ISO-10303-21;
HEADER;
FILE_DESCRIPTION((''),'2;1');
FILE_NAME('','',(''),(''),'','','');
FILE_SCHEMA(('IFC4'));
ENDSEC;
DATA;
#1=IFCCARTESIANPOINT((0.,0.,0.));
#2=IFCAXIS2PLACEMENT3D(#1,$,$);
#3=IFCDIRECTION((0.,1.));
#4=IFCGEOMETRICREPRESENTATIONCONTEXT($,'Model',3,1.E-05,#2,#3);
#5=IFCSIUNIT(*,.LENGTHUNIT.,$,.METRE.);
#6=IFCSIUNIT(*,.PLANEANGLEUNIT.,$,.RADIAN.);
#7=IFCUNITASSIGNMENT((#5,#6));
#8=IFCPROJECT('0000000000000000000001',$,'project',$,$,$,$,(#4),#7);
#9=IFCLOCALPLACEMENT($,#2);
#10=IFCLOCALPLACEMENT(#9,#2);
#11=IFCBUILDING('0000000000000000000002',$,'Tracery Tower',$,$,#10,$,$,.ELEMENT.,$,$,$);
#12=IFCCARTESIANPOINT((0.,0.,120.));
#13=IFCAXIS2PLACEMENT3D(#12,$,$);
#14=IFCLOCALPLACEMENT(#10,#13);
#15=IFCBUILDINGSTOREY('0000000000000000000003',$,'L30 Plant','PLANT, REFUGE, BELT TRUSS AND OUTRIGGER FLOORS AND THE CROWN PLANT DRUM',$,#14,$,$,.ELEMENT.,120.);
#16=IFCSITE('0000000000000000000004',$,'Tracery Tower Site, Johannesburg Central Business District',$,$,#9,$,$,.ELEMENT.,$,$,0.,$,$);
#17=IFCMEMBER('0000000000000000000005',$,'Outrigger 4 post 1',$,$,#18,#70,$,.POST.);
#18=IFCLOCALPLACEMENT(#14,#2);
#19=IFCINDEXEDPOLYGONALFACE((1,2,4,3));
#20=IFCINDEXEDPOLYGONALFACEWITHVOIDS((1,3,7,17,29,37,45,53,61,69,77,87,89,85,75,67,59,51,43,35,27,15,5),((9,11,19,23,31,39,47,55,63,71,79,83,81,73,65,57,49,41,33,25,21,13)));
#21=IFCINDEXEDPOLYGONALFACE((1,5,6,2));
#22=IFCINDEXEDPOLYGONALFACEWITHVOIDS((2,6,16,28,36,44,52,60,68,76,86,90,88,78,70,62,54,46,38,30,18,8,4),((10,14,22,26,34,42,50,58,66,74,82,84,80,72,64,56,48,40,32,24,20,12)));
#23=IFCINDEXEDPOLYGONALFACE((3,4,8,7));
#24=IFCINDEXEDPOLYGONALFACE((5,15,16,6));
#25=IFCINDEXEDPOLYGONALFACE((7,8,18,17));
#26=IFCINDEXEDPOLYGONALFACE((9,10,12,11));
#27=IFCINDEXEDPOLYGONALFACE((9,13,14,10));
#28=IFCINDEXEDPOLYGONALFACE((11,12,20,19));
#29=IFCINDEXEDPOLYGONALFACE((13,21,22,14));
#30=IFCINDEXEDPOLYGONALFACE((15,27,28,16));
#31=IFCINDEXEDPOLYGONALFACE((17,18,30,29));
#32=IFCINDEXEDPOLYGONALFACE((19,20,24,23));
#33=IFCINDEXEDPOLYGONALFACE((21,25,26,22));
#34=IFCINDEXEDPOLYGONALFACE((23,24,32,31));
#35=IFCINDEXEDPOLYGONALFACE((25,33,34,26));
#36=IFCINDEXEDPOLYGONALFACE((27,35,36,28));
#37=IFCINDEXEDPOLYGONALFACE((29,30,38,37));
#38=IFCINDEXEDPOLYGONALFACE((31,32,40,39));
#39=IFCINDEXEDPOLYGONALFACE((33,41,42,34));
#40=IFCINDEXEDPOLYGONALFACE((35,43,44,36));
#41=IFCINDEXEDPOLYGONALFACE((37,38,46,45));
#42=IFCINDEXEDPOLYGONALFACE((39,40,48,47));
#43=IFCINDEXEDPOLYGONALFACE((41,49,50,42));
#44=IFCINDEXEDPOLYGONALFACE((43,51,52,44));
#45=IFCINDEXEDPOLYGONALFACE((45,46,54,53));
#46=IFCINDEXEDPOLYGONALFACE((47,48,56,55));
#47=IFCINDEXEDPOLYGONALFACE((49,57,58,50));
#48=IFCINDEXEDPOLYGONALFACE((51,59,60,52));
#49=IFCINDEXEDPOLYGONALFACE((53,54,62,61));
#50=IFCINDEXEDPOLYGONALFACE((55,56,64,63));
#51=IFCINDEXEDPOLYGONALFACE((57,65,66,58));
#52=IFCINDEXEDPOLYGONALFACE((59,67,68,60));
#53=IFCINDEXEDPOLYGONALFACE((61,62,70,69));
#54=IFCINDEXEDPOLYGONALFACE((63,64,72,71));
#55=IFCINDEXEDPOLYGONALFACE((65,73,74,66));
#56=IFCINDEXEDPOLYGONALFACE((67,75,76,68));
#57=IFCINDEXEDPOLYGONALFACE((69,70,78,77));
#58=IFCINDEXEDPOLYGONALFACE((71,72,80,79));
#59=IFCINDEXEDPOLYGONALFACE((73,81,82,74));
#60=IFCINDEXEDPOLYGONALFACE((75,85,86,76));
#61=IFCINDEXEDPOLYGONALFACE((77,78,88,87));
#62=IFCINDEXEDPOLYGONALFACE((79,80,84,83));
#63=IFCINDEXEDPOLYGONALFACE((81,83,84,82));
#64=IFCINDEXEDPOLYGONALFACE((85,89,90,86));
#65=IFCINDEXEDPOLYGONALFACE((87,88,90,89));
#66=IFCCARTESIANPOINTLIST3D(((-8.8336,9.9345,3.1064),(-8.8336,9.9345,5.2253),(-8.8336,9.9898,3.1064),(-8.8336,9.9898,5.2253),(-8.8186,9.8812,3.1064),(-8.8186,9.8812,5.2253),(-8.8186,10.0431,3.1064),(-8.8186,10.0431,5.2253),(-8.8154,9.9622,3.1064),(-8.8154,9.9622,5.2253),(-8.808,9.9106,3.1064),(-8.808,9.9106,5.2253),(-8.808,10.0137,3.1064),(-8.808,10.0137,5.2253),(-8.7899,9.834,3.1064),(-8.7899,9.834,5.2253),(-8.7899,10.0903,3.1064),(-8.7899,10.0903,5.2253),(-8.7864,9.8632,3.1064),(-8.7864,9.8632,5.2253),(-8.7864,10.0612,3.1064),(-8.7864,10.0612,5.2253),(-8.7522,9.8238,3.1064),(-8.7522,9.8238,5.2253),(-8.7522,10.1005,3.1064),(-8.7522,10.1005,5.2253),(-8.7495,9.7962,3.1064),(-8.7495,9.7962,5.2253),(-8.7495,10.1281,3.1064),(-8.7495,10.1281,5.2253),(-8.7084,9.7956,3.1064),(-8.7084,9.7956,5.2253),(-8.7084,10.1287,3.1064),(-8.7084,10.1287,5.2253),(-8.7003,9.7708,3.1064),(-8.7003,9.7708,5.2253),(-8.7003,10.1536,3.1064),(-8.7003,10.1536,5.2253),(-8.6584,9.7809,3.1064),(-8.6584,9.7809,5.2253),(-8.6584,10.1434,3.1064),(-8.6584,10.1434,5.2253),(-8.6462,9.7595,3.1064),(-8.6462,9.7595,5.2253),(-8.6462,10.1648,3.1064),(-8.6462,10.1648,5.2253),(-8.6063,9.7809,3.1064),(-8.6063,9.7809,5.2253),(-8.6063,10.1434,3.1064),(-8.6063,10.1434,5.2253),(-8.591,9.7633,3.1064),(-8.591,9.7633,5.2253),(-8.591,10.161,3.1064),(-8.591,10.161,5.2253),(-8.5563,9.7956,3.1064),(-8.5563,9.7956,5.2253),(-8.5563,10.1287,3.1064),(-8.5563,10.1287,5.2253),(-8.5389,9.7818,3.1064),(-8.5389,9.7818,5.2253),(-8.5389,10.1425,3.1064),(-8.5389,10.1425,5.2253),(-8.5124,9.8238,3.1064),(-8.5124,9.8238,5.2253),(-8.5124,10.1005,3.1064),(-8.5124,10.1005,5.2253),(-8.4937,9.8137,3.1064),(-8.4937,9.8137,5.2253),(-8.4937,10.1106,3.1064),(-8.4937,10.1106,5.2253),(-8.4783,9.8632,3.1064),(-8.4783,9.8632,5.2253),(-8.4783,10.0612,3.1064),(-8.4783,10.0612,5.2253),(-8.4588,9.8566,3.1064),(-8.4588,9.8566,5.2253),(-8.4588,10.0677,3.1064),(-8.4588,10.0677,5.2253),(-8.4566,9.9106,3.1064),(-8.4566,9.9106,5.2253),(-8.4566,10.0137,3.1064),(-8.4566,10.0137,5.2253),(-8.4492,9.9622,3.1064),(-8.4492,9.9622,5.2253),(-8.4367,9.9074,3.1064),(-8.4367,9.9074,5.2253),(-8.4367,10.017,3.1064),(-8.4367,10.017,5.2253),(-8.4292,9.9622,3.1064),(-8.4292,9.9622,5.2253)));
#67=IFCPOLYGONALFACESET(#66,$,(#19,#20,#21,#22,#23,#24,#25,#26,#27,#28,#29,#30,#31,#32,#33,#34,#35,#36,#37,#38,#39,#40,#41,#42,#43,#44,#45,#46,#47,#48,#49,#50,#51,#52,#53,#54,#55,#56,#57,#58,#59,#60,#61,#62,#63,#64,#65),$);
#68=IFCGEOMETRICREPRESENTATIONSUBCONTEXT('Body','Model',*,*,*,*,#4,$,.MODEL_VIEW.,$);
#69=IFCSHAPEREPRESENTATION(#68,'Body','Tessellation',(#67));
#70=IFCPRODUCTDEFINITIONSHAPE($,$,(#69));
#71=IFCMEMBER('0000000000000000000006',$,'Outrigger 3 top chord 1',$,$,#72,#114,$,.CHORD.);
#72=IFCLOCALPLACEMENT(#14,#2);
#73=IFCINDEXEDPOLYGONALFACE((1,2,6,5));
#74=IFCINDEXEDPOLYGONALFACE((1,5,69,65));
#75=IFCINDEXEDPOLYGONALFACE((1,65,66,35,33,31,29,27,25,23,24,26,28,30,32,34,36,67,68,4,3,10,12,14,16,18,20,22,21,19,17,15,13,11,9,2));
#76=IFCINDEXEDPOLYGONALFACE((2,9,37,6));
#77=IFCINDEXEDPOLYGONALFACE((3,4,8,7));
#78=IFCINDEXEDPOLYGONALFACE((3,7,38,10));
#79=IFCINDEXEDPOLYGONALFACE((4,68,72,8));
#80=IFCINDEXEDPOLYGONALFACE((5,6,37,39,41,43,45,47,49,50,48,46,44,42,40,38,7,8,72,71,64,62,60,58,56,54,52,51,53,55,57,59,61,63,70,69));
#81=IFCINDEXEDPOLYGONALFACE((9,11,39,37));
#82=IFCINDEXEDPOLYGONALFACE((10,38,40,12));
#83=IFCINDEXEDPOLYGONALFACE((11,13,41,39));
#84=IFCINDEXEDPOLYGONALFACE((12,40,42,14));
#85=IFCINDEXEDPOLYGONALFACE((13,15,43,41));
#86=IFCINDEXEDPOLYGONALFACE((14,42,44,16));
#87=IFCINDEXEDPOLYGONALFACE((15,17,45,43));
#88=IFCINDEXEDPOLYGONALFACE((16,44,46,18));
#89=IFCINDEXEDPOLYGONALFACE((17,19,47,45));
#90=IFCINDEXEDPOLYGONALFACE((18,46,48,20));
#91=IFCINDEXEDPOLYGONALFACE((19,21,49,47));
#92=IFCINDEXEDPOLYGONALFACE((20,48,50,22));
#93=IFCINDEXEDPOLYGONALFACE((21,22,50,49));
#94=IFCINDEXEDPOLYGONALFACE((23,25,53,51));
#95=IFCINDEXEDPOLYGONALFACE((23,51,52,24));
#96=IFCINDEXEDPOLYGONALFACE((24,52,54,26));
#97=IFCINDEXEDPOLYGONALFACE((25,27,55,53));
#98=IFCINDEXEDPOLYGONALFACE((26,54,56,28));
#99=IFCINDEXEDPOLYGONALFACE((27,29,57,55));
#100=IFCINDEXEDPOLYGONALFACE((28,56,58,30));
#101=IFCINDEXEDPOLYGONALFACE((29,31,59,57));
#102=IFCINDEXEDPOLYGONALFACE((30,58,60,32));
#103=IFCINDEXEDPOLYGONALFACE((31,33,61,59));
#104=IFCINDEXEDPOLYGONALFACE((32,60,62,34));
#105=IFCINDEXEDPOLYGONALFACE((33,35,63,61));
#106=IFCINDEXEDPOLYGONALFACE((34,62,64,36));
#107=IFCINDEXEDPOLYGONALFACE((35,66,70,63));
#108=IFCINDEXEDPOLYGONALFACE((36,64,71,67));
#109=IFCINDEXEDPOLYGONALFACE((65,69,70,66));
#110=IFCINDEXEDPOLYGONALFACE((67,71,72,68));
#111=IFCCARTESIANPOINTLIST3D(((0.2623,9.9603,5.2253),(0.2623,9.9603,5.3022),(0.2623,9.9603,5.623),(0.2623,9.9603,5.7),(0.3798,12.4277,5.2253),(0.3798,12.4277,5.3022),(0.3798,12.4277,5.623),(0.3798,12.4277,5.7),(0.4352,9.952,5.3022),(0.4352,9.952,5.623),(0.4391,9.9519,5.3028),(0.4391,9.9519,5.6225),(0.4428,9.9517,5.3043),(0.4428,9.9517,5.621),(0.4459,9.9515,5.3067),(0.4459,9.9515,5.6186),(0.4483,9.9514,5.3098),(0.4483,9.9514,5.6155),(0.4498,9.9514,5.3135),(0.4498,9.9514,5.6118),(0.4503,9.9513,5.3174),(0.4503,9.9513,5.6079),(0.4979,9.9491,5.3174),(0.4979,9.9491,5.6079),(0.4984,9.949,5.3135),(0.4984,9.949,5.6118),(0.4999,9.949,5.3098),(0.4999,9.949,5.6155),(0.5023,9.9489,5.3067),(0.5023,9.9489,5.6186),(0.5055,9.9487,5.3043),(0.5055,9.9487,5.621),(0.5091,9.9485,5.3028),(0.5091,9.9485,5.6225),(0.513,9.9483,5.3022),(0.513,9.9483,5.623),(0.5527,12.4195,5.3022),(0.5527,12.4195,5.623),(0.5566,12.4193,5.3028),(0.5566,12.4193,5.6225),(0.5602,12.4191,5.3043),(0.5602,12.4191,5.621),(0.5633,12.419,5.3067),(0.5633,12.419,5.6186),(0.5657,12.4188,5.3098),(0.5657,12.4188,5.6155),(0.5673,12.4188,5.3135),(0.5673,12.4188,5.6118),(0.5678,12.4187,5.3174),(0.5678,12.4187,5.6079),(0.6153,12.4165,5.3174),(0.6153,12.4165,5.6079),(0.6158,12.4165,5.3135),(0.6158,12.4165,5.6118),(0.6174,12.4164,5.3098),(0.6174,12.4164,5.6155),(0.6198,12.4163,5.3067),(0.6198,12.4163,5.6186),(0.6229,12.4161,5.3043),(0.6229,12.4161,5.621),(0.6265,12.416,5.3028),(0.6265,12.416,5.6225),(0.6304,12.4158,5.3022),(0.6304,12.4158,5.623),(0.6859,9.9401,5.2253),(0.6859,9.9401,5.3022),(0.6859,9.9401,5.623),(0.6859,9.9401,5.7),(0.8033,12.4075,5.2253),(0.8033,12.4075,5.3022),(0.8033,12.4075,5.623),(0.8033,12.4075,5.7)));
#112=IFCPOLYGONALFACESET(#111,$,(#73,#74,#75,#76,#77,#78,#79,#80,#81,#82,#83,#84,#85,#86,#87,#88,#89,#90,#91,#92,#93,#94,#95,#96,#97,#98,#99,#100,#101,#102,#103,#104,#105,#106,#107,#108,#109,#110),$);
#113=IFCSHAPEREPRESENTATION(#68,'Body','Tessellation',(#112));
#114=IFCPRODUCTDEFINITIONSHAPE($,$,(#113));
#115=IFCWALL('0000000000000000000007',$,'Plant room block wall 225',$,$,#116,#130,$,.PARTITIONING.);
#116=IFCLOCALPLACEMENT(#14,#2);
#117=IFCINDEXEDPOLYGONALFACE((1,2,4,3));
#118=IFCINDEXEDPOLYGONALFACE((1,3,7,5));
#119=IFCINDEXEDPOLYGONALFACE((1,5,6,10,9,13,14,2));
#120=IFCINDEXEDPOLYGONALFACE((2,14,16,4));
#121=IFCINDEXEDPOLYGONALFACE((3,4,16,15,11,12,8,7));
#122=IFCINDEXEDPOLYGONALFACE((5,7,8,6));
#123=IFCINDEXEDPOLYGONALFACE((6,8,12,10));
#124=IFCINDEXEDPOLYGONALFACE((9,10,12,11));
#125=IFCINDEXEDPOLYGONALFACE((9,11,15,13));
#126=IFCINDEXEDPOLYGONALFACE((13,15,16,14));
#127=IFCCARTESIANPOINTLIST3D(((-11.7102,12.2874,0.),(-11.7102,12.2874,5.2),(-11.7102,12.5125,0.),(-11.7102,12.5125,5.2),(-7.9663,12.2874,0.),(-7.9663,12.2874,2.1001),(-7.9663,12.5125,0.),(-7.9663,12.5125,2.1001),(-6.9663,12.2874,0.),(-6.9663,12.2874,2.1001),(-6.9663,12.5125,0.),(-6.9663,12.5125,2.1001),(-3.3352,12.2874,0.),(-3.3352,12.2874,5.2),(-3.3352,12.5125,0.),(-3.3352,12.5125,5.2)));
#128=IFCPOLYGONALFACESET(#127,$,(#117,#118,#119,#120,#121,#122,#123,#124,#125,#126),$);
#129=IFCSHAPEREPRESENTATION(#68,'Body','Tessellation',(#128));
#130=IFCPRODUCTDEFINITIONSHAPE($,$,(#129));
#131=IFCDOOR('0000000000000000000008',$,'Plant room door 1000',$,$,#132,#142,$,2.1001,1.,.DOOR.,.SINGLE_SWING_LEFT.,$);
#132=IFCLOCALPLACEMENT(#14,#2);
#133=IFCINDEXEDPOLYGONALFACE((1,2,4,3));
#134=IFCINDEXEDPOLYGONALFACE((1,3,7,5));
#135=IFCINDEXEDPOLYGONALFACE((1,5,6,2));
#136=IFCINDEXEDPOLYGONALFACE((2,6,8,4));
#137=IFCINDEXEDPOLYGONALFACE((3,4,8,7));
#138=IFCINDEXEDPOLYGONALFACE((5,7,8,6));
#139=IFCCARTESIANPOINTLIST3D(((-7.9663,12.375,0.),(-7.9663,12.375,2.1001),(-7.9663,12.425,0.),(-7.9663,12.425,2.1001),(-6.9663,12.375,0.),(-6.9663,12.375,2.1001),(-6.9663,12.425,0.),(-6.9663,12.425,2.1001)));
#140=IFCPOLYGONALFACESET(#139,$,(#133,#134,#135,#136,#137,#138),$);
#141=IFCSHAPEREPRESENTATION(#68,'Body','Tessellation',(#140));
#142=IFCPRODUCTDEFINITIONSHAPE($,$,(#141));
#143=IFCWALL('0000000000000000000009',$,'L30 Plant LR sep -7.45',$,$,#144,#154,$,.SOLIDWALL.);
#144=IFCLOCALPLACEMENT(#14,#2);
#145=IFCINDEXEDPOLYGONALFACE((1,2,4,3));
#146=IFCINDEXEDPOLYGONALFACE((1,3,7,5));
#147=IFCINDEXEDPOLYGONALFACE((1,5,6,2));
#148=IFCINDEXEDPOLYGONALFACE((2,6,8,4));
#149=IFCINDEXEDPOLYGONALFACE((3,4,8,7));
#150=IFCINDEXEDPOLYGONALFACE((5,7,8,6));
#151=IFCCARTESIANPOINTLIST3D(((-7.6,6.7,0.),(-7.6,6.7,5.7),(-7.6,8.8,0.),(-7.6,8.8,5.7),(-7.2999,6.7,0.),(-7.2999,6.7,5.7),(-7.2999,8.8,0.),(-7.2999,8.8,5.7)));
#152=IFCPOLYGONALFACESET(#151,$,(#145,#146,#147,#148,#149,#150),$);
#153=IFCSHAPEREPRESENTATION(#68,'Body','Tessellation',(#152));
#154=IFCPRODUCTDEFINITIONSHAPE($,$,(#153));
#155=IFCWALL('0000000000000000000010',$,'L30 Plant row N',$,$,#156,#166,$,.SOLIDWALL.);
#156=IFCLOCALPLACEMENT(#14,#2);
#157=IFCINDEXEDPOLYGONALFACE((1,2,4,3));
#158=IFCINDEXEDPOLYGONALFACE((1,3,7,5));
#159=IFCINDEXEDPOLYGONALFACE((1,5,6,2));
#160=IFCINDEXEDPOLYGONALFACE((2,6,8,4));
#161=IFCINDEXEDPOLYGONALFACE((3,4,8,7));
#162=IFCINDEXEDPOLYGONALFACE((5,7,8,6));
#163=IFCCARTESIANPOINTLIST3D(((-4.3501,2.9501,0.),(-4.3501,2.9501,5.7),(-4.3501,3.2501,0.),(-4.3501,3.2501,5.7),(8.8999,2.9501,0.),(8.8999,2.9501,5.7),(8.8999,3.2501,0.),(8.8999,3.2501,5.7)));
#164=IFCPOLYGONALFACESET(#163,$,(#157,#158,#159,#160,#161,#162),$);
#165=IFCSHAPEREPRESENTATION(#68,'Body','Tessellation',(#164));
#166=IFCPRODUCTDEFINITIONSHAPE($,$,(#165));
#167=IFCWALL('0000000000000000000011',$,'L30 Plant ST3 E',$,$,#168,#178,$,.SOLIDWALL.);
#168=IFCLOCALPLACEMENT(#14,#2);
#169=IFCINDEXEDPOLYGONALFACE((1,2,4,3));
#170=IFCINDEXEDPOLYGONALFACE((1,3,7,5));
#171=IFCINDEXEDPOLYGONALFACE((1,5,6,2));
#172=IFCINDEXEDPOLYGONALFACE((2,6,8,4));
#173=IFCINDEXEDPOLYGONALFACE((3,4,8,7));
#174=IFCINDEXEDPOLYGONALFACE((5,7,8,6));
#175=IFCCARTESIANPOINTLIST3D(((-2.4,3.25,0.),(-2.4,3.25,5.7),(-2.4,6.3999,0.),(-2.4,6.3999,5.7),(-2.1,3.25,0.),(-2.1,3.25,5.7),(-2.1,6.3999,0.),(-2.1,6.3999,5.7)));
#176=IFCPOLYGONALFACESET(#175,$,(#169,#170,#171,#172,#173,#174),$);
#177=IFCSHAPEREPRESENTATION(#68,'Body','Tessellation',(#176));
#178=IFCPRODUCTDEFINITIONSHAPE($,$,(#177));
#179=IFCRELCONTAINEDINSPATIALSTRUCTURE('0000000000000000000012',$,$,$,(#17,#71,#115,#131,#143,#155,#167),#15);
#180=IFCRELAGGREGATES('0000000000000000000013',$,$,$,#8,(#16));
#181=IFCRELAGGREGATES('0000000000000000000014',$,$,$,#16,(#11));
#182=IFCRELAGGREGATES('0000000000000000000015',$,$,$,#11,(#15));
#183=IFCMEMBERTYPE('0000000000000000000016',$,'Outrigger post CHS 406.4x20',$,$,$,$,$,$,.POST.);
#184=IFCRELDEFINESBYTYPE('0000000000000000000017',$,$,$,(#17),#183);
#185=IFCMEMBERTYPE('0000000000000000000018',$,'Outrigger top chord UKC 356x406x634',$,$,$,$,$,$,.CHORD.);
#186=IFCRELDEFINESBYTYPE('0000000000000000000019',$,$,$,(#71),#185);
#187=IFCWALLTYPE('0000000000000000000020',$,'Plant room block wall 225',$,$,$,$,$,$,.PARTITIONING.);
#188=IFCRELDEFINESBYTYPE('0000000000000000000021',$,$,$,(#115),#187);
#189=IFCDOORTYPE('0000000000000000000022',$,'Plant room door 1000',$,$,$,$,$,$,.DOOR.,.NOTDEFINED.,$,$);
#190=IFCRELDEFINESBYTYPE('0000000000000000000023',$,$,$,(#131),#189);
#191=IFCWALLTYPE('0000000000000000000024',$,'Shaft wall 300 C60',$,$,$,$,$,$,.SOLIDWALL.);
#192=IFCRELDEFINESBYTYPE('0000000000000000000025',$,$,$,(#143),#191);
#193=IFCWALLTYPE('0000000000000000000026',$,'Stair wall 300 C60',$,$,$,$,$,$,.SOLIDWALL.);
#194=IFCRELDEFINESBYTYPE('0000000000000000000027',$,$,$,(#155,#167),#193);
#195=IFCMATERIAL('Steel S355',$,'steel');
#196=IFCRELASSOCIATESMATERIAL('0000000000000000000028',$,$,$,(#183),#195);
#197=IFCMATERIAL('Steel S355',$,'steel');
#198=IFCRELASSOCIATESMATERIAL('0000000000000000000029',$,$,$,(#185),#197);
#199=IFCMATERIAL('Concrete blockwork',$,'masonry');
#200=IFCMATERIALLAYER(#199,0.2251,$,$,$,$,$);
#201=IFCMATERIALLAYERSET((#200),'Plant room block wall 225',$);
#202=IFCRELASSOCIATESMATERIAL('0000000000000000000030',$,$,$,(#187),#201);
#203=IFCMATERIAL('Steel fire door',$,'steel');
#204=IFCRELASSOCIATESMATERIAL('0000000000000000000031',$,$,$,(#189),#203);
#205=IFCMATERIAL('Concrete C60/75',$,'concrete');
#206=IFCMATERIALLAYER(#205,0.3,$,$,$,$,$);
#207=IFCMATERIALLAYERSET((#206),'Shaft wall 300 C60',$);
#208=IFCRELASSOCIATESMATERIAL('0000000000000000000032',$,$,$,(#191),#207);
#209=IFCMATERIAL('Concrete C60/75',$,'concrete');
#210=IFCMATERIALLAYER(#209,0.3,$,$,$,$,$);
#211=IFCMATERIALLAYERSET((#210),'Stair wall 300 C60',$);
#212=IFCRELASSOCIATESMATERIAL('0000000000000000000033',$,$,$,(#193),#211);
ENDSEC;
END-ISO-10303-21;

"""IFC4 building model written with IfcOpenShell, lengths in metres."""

from ifc_helpers import new_model, si_unit, direction, frame, frame_2d, origin, origin_2d, place, context, subcontext, project, spatial, rectangle, hollow_circle, i_section, extrude, material, layer, layer_set, material_profile, profile_set, type_object, element, fill, save


model = new_model("IFC4")

# Units and contexts
model_context = context("Model", 3, precision=1e-05, world=origin(), true_north=direction((0.0, 1.0)))
body_context = subcontext(model_context, "Body", "Model", "MODEL_VIEW")
ifc_project = project(units=[si_unit("LENGTHUNIT", "METRE"), si_unit("PLANEANGLEUNIT", "RADIAN")], contexts=[model_context])

# Site, building, storey
site_placement = place(None, origin())
site = spatial("IfcSite", under=ifc_project, at=site_placement, Name="Tracery Tower Site, Johannesburg Central Business District", CompositionType="ELEMENT", RefElevation=0.0)
building_placement = place(site_placement, origin())
building = spatial("IfcBuilding", under=site, at=building_placement, Name="Tracery Tower", CompositionType="ELEMENT")
storey_placement = place(building_placement, frame((0.0, 0.0, 120.0)))
storey = spatial("IfcBuildingStorey", under=building, at=storey_placement, Name="L30 Plant", Description="PLANT, REFUGE, BELT TRUSS AND OUTRIGGER FLOORS AND THE CROWN PLANT DRUM", CompositionType="ELEMENT", Elevation=120.0)

# Members
ifc_material_1 = material(Name="Steel S355", Category="steel")
ifc_material_profile_1 = material_profile(ifc_material_1, hollow_circle(Radius=0.2031, WallThickness=0.02, at=origin_2d()), Name="CHS 406.4x20")
ifc_profile_set_1 = profile_set([ifc_material_profile_1], Name="Steel S355")
member_type_1 = type_object("IfcMemberType", Name="Outrigger post CHS 406.4x20", PredefinedType="POST", material=ifc_profile_set_1)
for number, where, z_axis, x_axis, name in (
    (1, (-8.6323, 9.9622, 3.1064), (0.0, 0.0, 1.0), (1.0, 0.0, 0.0), "Outrigger 4 post 1"),
):
    element("IfcMember", number, at=place(storey_placement, frame(where, z_axis=z_axis, x_axis=x_axis)), inside=storey, type_object=member_type_1, Name=name, PredefinedType="POST", context=body_context, shape_type="SweptSolid", body=[
        extrude(hollow_circle(Radius=0.2031, WallThickness=0.02, at=origin_2d()), origin(), (0.0, 0.0, 1.0), 2.1189),
    ])
ifc_material_2 = material(Name="Steel S355", Category="steel")
ifc_material_profile_2 = material_profile(ifc_material_2, i_section(OverallWidth=0.4241, OverallDepth=0.4746, WebThickness=0.0476, FlangeThickness=0.0769, FilletRadius=0.0151, at=origin_2d()), Name="UKC 356x406x634")
ifc_profile_set_2 = profile_set([ifc_material_profile_2], Name="Steel S355")
member_type_2 = type_object("IfcMemberType", Name="Outrigger top chord UKC 356x406x634", PredefinedType="CHORD", material=ifc_profile_set_2)
member_1_placement = place(storey_placement, frame((0.4741, 9.9502, 5.4626), z_axis=(0.047537, 0.998869, 0.0), x_axis=(-0.998869, 0.047537, 0.0)))
element("IfcMember", 2, at=member_1_placement, inside=storey, type_object=member_type_2, Name="Outrigger 3 top chord 1", PredefinedType="CHORD", context=body_context, shape_type="SweptSolid", body=[
    extrude(i_section(OverallWidth=0.4241, OverallDepth=0.4746, WebThickness=0.0476, FlangeThickness=0.0769, FilletRadius=0.0151, at=origin_2d()), origin(), (0.0, 0.0, 1.0), 2.4702),
])

# Wall, opening, door
ifc_material_3 = material(Name="Concrete blockwork", Category="masonry")
ifc_layer_1 = layer(ifc_material_3, 0.2251)
ifc_layer_set_1 = layer_set([ifc_layer_1], Name="Plant room block wall 225")
wall_type_1 = type_object("IfcWallType", Name="Plant room block wall 225", PredefinedType="PARTITIONING", material=ifc_layer_set_1)
wall_1_placement = place(storey_placement, frame((-3.3352, 12.3999, 0.0), z_axis=(0.0, 0.0, 1.0), x_axis=(-1.0, 0.0, 0.0)))
wall_1 = element("IfcWall", 3, at=wall_1_placement, inside=storey, type_object=wall_type_1, Name="Plant room block wall 225", PredefinedType="PARTITIONING", context=body_context, shape_type="SweptSolid", body=[
    extrude(rectangle(XDim=8.375, YDim=0.2251, at=frame_2d((4.1875, 0.0))), origin(), (0.0, 0.0, 1.0), 5.2),
])
opening_1_placement = place(wall_1_placement, frame((3.6311, 0.0, 0.0)))
opening_1 = element("IfcOpeningElement", 4, at=opening_1_placement, cuts=wall_1, PredefinedType="OPENING", context=body_context, shape_type="SweptSolid", body=[
    extrude(rectangle(XDim=1.0, YDim=2.1001, at=frame_2d((0.5, 1.05))), frame((0.0, 0.1125, 0.0), z_axis=(0.0, -1.0, 0.0), x_axis=(1.0, 0.0, 0.0)), (0.0, 0.0, 1.0), 0.2251),
])
ifc_material_4 = material(Name="Steel fire door", Category="steel")
door_type_1 = type_object("IfcDoorType", Name="Plant room door 1000", OperationType="NOTDEFINED", PredefinedType="DOOR", material=ifc_material_4)
door_1_placement = place(opening_1_placement, origin())
door_1 = element("IfcDoor", 5, at=door_1_placement, inside=storey, type_object=door_type_1, Name="Plant room door 1000", OperationType="SINGLE_SWING_LEFT", OverallHeight=2.1001, OverallWidth=1.0, PredefinedType="DOOR", context=body_context, shape_type="SweptSolid", body=[
    extrude(rectangle(XDim=1.0, YDim=2.1001, at=frame_2d((0.5, 1.05))), frame((0.0, 0.0249, 0.0), z_axis=(0.0, -1.0, 0.0), x_axis=(1.0, 0.0, 0.0)), (0.0, 0.0, 1.0), 0.05),
])
fill(opening_1, door_1)

# Wall
ifc_material_5 = material(Name="Concrete C60/75", Category="concrete")
ifc_layer_2 = layer(ifc_material_5, 0.3)
ifc_layer_set_2 = layer_set([ifc_layer_2], Name="Shaft wall 300 C60")
wall_type_2 = type_object("IfcWallType", Name="Shaft wall 300 C60", PredefinedType="SOLIDWALL", material=ifc_layer_set_2)
wall_2_placement = place(storey_placement, frame((-7.45, 6.7, 0.0), z_axis=(0.0, 0.0, 1.0), x_axis=(0.0, 1.0, 0.0)))
element("IfcWall", 6, at=wall_2_placement, inside=storey, type_object=wall_type_2, Name="L30 Plant LR sep -7.45", PredefinedType="SOLIDWALL", context=body_context, shape_type="SweptSolid", body=[
    extrude(rectangle(XDim=2.1001, YDim=0.3, at=frame_2d((1.05, 0.0))), origin(), (0.0, 0.0, 1.0), 5.7),
])

# Walls
ifc_material_6 = material(Name="Concrete C60/75", Category="concrete")
ifc_layer_3 = layer(ifc_material_6, 0.3)
ifc_layer_set_3 = layer_set([ifc_layer_3], Name="Stair wall 300 C60")
wall_type_3 = type_object("IfcWallType", Name="Stair wall 300 C60", PredefinedType="SOLIDWALL", material=ifc_layer_set_3)
wall_3_placement = place(storey_placement, frame((-4.3501, 3.1001, 0.0), z_axis=(0.0, 0.0, 1.0), x_axis=(1.0, 0.0, 0.0)))
element("IfcWall", 7, at=wall_3_placement, inside=storey, type_object=wall_type_3, Name="L30 Plant row N", PredefinedType="SOLIDWALL", context=body_context, shape_type="SweptSolid", body=[
    extrude(rectangle(XDim=13.25, YDim=0.3, at=frame_2d((6.625, 0.0))), origin(), (0.0, 0.0, 1.0), 5.7),
])
wall_4_placement = place(storey_placement, frame((-2.25, 3.25, 0.0), z_axis=(0.0, 0.0, 1.0), x_axis=(0.0, 1.0, 0.0)))
element("IfcWall", 8, at=wall_4_placement, inside=storey, type_object=wall_type_3, Name="L30 Plant ST3 E", PredefinedType="SOLIDWALL", context=body_context, shape_type="SweptSolid", body=[
    extrude(rectangle(XDim=3.1499, YDim=0.3, at=frame_2d((1.575, 0.0))), origin(), (0.0, 0.0, 1.0), 5.7),
])

save(model, "model.ifc")
